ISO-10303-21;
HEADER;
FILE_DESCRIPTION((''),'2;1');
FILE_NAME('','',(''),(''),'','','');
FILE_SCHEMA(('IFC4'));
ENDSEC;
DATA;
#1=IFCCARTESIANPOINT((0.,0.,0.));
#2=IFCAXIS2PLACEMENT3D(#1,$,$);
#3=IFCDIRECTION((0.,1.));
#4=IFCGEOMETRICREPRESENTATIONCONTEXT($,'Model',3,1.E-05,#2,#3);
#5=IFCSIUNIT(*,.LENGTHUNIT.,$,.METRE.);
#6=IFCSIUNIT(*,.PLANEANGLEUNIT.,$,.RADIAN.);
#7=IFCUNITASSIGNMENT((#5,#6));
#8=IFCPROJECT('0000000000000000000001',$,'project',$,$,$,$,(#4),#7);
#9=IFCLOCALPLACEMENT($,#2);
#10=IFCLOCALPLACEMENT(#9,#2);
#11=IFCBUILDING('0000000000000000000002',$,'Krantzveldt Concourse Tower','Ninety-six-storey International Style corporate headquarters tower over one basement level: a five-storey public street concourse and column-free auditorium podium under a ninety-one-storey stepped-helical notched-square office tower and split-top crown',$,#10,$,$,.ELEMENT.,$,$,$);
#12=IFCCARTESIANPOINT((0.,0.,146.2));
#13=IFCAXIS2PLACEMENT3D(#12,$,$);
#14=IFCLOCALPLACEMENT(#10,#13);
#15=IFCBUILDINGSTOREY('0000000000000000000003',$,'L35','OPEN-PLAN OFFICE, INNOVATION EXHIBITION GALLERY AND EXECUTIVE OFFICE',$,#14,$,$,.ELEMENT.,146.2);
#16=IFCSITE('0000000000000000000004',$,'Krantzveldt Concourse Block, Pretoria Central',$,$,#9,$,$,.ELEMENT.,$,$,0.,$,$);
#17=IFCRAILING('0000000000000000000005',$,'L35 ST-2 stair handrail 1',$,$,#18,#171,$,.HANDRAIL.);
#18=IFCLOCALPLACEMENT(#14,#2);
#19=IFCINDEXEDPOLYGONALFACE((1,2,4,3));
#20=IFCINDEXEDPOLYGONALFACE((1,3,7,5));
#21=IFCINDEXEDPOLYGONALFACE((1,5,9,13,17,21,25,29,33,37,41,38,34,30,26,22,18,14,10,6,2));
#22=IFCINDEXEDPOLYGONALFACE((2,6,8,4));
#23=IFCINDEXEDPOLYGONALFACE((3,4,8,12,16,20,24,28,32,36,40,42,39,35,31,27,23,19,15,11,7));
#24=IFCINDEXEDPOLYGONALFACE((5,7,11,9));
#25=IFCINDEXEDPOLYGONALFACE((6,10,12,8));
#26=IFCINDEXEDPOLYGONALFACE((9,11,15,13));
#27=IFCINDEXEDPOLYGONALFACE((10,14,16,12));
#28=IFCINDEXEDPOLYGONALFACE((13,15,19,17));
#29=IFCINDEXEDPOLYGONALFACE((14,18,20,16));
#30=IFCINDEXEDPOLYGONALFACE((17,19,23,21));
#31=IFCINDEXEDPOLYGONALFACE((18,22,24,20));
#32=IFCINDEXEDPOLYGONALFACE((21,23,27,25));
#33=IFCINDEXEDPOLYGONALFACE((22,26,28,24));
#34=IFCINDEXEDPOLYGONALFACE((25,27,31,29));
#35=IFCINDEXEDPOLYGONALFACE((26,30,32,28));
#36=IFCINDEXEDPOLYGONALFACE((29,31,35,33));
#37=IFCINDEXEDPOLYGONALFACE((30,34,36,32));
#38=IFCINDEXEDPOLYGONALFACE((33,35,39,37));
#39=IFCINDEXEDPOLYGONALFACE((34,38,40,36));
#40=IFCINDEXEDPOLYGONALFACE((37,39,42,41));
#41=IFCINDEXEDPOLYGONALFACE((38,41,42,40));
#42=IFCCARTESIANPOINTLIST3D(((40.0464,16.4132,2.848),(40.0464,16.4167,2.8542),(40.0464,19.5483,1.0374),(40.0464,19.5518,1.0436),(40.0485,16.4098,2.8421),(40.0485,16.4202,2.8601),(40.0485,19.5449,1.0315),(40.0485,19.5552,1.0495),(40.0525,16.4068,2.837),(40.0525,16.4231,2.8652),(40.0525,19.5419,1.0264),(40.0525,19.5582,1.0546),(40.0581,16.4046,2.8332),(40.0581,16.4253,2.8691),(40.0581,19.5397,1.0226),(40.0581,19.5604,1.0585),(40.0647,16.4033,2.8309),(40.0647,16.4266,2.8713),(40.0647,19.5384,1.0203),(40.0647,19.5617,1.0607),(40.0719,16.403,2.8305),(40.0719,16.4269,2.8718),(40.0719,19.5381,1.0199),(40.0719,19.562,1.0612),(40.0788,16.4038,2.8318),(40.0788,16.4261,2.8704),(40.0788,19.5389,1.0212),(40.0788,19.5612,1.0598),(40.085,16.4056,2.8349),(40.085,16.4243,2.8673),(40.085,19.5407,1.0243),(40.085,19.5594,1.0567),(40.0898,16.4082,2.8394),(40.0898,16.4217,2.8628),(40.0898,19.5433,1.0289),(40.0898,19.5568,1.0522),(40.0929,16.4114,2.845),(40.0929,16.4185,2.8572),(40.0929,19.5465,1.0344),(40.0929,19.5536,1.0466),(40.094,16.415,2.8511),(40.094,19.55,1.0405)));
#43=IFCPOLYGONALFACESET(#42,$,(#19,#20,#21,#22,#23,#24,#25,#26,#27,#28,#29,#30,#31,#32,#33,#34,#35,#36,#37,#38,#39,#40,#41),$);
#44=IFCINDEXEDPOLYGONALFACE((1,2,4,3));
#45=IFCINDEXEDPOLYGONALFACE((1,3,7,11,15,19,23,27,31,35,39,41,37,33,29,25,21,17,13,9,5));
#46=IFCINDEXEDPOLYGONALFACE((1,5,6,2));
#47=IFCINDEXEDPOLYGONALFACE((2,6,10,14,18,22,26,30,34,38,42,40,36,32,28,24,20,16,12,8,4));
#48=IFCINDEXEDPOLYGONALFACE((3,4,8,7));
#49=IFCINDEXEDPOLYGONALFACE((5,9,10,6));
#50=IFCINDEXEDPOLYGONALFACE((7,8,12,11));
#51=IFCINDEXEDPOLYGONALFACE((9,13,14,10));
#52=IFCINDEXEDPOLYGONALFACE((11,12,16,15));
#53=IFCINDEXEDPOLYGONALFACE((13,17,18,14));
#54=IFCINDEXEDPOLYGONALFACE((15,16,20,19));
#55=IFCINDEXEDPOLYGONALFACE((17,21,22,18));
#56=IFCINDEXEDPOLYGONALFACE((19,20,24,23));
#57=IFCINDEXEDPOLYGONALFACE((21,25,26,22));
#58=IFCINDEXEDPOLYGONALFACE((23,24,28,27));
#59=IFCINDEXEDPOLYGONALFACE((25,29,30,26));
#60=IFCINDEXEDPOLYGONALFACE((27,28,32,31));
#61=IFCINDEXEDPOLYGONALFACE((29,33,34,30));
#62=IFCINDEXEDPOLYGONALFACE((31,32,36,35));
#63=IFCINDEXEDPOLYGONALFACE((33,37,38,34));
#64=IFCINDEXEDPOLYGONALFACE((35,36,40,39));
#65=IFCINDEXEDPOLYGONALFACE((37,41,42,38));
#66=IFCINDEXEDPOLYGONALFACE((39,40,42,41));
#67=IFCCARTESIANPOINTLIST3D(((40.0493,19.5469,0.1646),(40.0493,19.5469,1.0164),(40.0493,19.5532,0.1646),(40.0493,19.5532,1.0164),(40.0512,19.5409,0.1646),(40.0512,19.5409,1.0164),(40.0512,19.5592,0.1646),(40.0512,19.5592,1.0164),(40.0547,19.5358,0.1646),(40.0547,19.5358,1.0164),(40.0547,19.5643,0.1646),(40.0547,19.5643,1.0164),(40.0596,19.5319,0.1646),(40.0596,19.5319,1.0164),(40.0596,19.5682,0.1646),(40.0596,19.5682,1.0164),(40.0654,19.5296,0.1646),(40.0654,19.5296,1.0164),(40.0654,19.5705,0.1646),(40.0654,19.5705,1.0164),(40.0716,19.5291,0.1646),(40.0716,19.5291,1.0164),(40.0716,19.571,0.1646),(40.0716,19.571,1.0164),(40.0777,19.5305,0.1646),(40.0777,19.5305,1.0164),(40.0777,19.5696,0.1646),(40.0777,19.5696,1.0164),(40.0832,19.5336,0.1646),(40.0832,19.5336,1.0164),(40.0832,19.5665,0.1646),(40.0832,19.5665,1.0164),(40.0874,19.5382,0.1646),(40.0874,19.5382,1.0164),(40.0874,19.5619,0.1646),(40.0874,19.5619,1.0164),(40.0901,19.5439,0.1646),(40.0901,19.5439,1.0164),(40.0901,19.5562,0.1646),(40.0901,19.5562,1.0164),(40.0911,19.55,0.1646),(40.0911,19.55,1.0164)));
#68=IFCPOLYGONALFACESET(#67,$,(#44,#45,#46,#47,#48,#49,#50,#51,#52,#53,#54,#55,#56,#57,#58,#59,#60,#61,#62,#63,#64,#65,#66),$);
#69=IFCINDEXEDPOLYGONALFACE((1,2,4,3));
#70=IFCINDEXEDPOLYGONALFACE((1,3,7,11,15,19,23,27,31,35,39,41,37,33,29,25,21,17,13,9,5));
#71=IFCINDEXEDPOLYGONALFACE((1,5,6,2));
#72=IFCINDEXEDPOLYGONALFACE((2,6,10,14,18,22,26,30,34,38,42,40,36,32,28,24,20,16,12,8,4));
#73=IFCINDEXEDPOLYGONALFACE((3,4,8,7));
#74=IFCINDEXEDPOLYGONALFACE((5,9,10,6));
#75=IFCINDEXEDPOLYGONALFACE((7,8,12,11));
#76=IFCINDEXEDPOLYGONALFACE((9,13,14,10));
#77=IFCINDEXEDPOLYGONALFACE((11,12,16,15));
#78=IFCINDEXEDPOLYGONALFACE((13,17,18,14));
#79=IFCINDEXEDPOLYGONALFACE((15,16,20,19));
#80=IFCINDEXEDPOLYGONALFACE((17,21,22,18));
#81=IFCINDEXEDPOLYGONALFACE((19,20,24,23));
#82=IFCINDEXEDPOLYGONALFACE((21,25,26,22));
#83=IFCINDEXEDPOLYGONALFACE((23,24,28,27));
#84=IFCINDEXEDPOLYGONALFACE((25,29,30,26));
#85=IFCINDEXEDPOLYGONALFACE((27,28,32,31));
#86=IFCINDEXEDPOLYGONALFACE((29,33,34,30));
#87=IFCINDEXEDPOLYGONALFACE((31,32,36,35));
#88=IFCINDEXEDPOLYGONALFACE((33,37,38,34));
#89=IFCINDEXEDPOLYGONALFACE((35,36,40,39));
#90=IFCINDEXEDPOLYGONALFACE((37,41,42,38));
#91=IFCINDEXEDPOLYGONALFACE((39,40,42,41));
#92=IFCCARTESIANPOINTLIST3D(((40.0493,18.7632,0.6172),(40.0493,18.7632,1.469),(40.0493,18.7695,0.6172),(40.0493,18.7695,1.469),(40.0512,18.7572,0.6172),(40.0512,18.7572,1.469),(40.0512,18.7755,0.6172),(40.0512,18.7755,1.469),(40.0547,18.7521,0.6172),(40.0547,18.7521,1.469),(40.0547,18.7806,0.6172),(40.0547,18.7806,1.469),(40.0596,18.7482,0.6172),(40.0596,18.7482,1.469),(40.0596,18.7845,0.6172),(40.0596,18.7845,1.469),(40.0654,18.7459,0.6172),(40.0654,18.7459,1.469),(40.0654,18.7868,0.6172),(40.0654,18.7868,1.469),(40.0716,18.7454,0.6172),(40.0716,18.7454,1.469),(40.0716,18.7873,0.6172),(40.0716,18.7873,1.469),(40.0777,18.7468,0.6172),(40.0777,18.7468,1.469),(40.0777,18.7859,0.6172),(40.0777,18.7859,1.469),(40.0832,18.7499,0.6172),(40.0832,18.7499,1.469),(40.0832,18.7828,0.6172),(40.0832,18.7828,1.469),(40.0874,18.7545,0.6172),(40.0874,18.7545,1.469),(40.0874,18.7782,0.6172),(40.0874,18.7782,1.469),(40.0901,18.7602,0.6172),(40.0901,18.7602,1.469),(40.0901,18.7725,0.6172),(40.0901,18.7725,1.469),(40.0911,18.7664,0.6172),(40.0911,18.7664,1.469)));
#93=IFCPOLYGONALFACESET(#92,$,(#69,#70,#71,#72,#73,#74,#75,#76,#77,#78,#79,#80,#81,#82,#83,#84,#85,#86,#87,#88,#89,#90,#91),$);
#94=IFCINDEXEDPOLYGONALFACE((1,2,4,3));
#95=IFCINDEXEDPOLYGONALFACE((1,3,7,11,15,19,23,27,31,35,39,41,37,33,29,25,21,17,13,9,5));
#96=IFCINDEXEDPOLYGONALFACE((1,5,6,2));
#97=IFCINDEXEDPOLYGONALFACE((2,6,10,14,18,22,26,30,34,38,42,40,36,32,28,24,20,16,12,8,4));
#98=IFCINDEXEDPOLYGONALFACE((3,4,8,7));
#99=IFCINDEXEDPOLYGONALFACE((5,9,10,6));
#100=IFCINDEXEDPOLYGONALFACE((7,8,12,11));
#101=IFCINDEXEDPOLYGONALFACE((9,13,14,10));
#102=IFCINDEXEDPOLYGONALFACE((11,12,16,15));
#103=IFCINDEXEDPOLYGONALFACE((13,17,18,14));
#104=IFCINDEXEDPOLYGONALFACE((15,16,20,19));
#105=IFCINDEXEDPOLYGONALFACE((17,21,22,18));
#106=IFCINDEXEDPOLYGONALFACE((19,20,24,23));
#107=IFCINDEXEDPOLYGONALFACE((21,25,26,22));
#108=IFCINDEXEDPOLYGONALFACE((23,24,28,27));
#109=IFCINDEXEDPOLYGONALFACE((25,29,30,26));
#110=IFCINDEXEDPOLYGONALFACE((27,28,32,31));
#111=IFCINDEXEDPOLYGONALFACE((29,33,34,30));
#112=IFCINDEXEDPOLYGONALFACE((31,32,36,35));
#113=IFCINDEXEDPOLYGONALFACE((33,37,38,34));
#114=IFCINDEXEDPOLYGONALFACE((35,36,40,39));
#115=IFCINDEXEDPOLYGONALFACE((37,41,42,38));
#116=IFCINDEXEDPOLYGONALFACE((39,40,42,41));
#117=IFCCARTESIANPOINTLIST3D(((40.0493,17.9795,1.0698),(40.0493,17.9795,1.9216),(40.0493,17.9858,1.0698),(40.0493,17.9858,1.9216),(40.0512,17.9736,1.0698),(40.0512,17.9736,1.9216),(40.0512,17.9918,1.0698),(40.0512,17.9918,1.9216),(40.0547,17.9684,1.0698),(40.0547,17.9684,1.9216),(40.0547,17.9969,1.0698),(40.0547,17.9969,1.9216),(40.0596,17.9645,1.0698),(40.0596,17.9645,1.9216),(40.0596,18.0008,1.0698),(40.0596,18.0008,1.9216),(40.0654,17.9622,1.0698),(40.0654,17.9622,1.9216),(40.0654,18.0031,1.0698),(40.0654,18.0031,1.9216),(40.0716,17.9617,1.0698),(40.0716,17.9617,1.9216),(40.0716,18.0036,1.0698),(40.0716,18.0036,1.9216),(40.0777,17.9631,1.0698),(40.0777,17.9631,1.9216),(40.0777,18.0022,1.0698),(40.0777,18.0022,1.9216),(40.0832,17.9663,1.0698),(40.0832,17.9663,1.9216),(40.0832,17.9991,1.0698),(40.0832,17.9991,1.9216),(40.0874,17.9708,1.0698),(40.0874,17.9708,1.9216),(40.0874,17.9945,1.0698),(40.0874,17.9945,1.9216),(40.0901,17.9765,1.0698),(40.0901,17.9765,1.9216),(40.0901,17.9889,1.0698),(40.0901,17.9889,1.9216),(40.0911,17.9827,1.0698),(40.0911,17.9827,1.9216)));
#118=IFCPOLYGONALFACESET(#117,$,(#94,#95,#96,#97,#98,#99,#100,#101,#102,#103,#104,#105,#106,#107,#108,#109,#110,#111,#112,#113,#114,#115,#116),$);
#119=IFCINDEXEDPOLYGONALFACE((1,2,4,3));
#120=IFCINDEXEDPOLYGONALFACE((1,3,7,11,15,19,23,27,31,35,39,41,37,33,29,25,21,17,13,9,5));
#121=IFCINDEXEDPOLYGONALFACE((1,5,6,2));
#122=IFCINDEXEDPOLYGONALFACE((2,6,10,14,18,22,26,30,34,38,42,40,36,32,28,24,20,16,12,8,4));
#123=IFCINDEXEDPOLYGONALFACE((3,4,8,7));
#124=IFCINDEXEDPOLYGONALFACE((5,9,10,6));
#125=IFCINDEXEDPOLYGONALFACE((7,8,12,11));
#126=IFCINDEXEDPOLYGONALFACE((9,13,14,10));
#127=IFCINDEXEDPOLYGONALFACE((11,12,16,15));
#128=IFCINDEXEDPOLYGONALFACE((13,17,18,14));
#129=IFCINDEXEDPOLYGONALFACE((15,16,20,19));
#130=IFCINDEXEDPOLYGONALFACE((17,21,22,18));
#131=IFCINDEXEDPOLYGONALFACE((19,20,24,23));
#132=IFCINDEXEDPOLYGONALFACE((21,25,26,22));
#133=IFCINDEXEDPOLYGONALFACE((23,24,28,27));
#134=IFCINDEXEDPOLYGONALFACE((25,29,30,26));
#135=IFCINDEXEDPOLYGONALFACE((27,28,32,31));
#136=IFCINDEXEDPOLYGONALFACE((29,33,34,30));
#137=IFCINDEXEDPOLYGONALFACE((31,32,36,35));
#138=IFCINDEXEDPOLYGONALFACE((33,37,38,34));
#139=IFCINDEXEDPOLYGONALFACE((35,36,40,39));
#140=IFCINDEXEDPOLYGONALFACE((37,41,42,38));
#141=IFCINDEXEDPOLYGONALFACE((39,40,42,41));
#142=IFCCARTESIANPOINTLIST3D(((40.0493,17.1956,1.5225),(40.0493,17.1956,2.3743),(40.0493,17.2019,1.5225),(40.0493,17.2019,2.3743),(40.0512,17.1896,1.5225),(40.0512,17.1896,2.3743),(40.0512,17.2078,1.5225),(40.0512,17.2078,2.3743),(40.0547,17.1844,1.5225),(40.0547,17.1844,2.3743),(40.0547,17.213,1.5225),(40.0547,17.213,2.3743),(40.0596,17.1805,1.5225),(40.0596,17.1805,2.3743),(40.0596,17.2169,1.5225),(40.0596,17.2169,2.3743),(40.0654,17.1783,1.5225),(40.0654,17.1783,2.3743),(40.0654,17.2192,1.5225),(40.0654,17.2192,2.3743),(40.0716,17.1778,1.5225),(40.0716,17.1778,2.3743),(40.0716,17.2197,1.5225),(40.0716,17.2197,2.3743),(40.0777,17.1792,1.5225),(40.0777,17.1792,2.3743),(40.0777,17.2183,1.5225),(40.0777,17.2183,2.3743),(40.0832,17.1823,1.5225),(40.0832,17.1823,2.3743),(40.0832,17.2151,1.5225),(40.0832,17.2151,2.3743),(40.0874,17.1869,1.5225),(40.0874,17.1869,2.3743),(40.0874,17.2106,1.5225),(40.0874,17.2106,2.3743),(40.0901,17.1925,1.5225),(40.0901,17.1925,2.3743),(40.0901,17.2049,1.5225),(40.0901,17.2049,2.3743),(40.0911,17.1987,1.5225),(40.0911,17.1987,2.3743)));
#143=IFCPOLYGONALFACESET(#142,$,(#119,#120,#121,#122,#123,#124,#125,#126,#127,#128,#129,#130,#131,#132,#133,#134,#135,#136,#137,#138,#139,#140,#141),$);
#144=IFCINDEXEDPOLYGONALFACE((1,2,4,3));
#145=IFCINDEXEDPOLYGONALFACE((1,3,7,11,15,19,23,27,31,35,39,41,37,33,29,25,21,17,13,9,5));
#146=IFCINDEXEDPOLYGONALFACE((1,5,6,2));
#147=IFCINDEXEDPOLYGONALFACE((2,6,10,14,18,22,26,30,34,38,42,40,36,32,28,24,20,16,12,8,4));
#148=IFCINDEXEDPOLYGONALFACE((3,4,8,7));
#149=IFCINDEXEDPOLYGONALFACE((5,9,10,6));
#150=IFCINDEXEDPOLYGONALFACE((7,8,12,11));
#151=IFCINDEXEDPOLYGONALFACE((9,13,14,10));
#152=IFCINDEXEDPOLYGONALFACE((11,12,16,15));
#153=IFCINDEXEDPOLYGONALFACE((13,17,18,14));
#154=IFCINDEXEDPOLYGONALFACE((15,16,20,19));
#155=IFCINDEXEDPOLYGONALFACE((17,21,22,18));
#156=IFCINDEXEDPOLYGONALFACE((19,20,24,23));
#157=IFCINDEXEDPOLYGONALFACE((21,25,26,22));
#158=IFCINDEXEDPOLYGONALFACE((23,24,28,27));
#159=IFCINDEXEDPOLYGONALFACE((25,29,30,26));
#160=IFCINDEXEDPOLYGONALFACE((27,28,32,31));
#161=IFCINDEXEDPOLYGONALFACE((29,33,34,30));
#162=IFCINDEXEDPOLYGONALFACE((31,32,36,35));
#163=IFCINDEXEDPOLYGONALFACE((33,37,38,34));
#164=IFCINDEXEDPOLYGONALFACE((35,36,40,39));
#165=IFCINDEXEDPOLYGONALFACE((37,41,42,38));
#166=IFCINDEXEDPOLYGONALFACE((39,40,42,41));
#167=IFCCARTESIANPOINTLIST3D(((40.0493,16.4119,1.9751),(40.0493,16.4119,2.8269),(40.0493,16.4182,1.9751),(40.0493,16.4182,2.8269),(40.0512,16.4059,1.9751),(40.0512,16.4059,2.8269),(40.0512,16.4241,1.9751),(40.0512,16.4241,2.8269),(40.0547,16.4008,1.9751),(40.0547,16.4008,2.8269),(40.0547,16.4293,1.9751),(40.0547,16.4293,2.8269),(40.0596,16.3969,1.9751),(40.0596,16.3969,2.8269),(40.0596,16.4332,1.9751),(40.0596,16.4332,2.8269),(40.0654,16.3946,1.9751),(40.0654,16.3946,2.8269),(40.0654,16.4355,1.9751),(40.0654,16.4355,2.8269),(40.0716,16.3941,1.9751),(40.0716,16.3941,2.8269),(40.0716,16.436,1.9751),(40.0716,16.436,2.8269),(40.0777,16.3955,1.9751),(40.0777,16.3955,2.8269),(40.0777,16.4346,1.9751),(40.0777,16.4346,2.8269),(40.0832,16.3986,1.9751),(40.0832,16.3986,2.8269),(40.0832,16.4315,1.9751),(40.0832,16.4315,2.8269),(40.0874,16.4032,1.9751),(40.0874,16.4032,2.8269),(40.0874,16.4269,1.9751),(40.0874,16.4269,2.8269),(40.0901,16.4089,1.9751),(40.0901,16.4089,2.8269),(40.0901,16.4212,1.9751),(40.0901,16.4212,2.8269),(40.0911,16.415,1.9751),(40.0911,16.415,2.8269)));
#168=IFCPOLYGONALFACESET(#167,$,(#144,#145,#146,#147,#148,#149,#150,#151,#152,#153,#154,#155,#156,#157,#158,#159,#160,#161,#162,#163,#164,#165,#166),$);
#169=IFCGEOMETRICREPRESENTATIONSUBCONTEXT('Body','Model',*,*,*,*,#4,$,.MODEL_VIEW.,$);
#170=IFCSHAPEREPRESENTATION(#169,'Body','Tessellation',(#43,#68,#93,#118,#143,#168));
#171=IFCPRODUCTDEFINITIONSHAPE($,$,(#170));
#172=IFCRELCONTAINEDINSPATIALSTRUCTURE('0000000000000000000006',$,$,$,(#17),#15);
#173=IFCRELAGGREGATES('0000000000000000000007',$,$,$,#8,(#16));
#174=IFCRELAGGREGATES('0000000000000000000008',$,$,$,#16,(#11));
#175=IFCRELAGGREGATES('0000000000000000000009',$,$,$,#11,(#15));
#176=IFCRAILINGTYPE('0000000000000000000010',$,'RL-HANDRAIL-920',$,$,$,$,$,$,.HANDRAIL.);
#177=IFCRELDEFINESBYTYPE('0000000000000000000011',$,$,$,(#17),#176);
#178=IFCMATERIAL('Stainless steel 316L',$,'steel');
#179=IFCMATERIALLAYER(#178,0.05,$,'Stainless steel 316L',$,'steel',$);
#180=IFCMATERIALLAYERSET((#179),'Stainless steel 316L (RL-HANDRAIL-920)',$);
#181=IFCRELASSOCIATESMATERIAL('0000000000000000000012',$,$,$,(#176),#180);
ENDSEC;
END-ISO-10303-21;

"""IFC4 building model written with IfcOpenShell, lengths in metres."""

from ifc_helpers import new_model, si_unit, direction, frame, origin, origin_2d, place, context, subcontext, project, spatial, circle, extrude, material, layer, layer_set, type_object, element, save


model = new_model("IFC4")

# Units and contexts
model_context = context("Model", 3, precision=1e-05, world=origin(), true_north=direction((0.0, 1.0)))
body_context = subcontext(model_context, "Body", "Model", "MODEL_VIEW")
ifc_project = project(units=[si_unit("LENGTHUNIT", "METRE"), si_unit("PLANEANGLEUNIT", "RADIAN")], contexts=[model_context])

# Site, building, storey
site_placement = place(None, origin())
site = spatial("IfcSite", under=ifc_project, at=site_placement, Name="Krantzveldt Concourse Block, Pretoria Central", CompositionType="ELEMENT", RefElevation=0.0)
building_placement = place(site_placement, origin())
building = spatial("IfcBuilding", under=site, at=building_placement, Name="Krantzveldt Concourse Tower", Description="Ninety-six-storey International Style corporate headquarters tower over one basement level: a five-storey public street concourse and column-free auditorium podium under a ninety-one-storey stepped-helical notched-square office tower and split-top crown", CompositionType="ELEMENT")
storey_placement = place(building_placement, frame((0.0, 0.0, 146.2)))
storey = spatial("IfcBuildingStorey", under=building, at=storey_placement, Name="L35", Description="OPEN-PLAN OFFICE, INNOVATION EXHIBITION GALLERY AND EXECUTIVE OFFICE", CompositionType="ELEMENT", Elevation=146.2)

# Shared definitions
ifc_material_1 = material(Name="Stainless steel 316L", Category="steel")

# Railing
ifc_layer_1 = layer(ifc_material_1, 0.05, Name="Stainless steel 316L", Category="steel")
ifc_layer_set_1 = layer_set([ifc_layer_1], Name="Stainless steel 316L (RL-HANDRAIL-920)")
railing_type_1 = type_object("IfcRailingType", Name="RL-HANDRAIL-920", PredefinedType="HANDRAIL", material=ifc_layer_set_1)
railing_1_placement = place(storey_placement, frame((40.0701, 19.55, 0.1646)))
element("IfcRailing", 1, at=railing_1_placement, inside=storey, type_object=railing_type_1, Name="L35 ST-2 stair handrail 1", PredefinedType="HANDRAIL", context=body_context, shape_type="SweptSolid", body=[
    extrude(circle(Radius=0.0239, at=origin_2d()), frame((0.0, 0.0, 0.876), z_axis=(0.0, -0.86596, 0.500114), x_axis=(1.0, 0.0, 0.0)), (0.0, 0.0, 1.0), 3.6204),
    extrude(circle(Radius=0.021, at=origin_2d()), origin(), (0.0, 0.0, 1.0), 0.8518),
    extrude(circle(Radius=0.021, at=origin_2d()), frame((0.0, -0.7837, 0.4526)), (0.0, 0.0, 1.0), 0.8518),
    extrude(circle(Radius=0.021, at=origin_2d()), frame((0.0, -1.5674, 0.9053)), (0.0, 0.0, 1.0), 0.8518),
    extrude(circle(Radius=0.021, at=origin_2d()), frame((0.0, -2.3513, 1.3579)), (0.0, 0.0, 1.0), 0.8518),
    extrude(circle(Radius=0.021, at=origin_2d()), frame((0.0, -3.135, 1.8105)), (0.0, 0.0, 1.0), 0.8518),
])

save(model, "model.ifc")
